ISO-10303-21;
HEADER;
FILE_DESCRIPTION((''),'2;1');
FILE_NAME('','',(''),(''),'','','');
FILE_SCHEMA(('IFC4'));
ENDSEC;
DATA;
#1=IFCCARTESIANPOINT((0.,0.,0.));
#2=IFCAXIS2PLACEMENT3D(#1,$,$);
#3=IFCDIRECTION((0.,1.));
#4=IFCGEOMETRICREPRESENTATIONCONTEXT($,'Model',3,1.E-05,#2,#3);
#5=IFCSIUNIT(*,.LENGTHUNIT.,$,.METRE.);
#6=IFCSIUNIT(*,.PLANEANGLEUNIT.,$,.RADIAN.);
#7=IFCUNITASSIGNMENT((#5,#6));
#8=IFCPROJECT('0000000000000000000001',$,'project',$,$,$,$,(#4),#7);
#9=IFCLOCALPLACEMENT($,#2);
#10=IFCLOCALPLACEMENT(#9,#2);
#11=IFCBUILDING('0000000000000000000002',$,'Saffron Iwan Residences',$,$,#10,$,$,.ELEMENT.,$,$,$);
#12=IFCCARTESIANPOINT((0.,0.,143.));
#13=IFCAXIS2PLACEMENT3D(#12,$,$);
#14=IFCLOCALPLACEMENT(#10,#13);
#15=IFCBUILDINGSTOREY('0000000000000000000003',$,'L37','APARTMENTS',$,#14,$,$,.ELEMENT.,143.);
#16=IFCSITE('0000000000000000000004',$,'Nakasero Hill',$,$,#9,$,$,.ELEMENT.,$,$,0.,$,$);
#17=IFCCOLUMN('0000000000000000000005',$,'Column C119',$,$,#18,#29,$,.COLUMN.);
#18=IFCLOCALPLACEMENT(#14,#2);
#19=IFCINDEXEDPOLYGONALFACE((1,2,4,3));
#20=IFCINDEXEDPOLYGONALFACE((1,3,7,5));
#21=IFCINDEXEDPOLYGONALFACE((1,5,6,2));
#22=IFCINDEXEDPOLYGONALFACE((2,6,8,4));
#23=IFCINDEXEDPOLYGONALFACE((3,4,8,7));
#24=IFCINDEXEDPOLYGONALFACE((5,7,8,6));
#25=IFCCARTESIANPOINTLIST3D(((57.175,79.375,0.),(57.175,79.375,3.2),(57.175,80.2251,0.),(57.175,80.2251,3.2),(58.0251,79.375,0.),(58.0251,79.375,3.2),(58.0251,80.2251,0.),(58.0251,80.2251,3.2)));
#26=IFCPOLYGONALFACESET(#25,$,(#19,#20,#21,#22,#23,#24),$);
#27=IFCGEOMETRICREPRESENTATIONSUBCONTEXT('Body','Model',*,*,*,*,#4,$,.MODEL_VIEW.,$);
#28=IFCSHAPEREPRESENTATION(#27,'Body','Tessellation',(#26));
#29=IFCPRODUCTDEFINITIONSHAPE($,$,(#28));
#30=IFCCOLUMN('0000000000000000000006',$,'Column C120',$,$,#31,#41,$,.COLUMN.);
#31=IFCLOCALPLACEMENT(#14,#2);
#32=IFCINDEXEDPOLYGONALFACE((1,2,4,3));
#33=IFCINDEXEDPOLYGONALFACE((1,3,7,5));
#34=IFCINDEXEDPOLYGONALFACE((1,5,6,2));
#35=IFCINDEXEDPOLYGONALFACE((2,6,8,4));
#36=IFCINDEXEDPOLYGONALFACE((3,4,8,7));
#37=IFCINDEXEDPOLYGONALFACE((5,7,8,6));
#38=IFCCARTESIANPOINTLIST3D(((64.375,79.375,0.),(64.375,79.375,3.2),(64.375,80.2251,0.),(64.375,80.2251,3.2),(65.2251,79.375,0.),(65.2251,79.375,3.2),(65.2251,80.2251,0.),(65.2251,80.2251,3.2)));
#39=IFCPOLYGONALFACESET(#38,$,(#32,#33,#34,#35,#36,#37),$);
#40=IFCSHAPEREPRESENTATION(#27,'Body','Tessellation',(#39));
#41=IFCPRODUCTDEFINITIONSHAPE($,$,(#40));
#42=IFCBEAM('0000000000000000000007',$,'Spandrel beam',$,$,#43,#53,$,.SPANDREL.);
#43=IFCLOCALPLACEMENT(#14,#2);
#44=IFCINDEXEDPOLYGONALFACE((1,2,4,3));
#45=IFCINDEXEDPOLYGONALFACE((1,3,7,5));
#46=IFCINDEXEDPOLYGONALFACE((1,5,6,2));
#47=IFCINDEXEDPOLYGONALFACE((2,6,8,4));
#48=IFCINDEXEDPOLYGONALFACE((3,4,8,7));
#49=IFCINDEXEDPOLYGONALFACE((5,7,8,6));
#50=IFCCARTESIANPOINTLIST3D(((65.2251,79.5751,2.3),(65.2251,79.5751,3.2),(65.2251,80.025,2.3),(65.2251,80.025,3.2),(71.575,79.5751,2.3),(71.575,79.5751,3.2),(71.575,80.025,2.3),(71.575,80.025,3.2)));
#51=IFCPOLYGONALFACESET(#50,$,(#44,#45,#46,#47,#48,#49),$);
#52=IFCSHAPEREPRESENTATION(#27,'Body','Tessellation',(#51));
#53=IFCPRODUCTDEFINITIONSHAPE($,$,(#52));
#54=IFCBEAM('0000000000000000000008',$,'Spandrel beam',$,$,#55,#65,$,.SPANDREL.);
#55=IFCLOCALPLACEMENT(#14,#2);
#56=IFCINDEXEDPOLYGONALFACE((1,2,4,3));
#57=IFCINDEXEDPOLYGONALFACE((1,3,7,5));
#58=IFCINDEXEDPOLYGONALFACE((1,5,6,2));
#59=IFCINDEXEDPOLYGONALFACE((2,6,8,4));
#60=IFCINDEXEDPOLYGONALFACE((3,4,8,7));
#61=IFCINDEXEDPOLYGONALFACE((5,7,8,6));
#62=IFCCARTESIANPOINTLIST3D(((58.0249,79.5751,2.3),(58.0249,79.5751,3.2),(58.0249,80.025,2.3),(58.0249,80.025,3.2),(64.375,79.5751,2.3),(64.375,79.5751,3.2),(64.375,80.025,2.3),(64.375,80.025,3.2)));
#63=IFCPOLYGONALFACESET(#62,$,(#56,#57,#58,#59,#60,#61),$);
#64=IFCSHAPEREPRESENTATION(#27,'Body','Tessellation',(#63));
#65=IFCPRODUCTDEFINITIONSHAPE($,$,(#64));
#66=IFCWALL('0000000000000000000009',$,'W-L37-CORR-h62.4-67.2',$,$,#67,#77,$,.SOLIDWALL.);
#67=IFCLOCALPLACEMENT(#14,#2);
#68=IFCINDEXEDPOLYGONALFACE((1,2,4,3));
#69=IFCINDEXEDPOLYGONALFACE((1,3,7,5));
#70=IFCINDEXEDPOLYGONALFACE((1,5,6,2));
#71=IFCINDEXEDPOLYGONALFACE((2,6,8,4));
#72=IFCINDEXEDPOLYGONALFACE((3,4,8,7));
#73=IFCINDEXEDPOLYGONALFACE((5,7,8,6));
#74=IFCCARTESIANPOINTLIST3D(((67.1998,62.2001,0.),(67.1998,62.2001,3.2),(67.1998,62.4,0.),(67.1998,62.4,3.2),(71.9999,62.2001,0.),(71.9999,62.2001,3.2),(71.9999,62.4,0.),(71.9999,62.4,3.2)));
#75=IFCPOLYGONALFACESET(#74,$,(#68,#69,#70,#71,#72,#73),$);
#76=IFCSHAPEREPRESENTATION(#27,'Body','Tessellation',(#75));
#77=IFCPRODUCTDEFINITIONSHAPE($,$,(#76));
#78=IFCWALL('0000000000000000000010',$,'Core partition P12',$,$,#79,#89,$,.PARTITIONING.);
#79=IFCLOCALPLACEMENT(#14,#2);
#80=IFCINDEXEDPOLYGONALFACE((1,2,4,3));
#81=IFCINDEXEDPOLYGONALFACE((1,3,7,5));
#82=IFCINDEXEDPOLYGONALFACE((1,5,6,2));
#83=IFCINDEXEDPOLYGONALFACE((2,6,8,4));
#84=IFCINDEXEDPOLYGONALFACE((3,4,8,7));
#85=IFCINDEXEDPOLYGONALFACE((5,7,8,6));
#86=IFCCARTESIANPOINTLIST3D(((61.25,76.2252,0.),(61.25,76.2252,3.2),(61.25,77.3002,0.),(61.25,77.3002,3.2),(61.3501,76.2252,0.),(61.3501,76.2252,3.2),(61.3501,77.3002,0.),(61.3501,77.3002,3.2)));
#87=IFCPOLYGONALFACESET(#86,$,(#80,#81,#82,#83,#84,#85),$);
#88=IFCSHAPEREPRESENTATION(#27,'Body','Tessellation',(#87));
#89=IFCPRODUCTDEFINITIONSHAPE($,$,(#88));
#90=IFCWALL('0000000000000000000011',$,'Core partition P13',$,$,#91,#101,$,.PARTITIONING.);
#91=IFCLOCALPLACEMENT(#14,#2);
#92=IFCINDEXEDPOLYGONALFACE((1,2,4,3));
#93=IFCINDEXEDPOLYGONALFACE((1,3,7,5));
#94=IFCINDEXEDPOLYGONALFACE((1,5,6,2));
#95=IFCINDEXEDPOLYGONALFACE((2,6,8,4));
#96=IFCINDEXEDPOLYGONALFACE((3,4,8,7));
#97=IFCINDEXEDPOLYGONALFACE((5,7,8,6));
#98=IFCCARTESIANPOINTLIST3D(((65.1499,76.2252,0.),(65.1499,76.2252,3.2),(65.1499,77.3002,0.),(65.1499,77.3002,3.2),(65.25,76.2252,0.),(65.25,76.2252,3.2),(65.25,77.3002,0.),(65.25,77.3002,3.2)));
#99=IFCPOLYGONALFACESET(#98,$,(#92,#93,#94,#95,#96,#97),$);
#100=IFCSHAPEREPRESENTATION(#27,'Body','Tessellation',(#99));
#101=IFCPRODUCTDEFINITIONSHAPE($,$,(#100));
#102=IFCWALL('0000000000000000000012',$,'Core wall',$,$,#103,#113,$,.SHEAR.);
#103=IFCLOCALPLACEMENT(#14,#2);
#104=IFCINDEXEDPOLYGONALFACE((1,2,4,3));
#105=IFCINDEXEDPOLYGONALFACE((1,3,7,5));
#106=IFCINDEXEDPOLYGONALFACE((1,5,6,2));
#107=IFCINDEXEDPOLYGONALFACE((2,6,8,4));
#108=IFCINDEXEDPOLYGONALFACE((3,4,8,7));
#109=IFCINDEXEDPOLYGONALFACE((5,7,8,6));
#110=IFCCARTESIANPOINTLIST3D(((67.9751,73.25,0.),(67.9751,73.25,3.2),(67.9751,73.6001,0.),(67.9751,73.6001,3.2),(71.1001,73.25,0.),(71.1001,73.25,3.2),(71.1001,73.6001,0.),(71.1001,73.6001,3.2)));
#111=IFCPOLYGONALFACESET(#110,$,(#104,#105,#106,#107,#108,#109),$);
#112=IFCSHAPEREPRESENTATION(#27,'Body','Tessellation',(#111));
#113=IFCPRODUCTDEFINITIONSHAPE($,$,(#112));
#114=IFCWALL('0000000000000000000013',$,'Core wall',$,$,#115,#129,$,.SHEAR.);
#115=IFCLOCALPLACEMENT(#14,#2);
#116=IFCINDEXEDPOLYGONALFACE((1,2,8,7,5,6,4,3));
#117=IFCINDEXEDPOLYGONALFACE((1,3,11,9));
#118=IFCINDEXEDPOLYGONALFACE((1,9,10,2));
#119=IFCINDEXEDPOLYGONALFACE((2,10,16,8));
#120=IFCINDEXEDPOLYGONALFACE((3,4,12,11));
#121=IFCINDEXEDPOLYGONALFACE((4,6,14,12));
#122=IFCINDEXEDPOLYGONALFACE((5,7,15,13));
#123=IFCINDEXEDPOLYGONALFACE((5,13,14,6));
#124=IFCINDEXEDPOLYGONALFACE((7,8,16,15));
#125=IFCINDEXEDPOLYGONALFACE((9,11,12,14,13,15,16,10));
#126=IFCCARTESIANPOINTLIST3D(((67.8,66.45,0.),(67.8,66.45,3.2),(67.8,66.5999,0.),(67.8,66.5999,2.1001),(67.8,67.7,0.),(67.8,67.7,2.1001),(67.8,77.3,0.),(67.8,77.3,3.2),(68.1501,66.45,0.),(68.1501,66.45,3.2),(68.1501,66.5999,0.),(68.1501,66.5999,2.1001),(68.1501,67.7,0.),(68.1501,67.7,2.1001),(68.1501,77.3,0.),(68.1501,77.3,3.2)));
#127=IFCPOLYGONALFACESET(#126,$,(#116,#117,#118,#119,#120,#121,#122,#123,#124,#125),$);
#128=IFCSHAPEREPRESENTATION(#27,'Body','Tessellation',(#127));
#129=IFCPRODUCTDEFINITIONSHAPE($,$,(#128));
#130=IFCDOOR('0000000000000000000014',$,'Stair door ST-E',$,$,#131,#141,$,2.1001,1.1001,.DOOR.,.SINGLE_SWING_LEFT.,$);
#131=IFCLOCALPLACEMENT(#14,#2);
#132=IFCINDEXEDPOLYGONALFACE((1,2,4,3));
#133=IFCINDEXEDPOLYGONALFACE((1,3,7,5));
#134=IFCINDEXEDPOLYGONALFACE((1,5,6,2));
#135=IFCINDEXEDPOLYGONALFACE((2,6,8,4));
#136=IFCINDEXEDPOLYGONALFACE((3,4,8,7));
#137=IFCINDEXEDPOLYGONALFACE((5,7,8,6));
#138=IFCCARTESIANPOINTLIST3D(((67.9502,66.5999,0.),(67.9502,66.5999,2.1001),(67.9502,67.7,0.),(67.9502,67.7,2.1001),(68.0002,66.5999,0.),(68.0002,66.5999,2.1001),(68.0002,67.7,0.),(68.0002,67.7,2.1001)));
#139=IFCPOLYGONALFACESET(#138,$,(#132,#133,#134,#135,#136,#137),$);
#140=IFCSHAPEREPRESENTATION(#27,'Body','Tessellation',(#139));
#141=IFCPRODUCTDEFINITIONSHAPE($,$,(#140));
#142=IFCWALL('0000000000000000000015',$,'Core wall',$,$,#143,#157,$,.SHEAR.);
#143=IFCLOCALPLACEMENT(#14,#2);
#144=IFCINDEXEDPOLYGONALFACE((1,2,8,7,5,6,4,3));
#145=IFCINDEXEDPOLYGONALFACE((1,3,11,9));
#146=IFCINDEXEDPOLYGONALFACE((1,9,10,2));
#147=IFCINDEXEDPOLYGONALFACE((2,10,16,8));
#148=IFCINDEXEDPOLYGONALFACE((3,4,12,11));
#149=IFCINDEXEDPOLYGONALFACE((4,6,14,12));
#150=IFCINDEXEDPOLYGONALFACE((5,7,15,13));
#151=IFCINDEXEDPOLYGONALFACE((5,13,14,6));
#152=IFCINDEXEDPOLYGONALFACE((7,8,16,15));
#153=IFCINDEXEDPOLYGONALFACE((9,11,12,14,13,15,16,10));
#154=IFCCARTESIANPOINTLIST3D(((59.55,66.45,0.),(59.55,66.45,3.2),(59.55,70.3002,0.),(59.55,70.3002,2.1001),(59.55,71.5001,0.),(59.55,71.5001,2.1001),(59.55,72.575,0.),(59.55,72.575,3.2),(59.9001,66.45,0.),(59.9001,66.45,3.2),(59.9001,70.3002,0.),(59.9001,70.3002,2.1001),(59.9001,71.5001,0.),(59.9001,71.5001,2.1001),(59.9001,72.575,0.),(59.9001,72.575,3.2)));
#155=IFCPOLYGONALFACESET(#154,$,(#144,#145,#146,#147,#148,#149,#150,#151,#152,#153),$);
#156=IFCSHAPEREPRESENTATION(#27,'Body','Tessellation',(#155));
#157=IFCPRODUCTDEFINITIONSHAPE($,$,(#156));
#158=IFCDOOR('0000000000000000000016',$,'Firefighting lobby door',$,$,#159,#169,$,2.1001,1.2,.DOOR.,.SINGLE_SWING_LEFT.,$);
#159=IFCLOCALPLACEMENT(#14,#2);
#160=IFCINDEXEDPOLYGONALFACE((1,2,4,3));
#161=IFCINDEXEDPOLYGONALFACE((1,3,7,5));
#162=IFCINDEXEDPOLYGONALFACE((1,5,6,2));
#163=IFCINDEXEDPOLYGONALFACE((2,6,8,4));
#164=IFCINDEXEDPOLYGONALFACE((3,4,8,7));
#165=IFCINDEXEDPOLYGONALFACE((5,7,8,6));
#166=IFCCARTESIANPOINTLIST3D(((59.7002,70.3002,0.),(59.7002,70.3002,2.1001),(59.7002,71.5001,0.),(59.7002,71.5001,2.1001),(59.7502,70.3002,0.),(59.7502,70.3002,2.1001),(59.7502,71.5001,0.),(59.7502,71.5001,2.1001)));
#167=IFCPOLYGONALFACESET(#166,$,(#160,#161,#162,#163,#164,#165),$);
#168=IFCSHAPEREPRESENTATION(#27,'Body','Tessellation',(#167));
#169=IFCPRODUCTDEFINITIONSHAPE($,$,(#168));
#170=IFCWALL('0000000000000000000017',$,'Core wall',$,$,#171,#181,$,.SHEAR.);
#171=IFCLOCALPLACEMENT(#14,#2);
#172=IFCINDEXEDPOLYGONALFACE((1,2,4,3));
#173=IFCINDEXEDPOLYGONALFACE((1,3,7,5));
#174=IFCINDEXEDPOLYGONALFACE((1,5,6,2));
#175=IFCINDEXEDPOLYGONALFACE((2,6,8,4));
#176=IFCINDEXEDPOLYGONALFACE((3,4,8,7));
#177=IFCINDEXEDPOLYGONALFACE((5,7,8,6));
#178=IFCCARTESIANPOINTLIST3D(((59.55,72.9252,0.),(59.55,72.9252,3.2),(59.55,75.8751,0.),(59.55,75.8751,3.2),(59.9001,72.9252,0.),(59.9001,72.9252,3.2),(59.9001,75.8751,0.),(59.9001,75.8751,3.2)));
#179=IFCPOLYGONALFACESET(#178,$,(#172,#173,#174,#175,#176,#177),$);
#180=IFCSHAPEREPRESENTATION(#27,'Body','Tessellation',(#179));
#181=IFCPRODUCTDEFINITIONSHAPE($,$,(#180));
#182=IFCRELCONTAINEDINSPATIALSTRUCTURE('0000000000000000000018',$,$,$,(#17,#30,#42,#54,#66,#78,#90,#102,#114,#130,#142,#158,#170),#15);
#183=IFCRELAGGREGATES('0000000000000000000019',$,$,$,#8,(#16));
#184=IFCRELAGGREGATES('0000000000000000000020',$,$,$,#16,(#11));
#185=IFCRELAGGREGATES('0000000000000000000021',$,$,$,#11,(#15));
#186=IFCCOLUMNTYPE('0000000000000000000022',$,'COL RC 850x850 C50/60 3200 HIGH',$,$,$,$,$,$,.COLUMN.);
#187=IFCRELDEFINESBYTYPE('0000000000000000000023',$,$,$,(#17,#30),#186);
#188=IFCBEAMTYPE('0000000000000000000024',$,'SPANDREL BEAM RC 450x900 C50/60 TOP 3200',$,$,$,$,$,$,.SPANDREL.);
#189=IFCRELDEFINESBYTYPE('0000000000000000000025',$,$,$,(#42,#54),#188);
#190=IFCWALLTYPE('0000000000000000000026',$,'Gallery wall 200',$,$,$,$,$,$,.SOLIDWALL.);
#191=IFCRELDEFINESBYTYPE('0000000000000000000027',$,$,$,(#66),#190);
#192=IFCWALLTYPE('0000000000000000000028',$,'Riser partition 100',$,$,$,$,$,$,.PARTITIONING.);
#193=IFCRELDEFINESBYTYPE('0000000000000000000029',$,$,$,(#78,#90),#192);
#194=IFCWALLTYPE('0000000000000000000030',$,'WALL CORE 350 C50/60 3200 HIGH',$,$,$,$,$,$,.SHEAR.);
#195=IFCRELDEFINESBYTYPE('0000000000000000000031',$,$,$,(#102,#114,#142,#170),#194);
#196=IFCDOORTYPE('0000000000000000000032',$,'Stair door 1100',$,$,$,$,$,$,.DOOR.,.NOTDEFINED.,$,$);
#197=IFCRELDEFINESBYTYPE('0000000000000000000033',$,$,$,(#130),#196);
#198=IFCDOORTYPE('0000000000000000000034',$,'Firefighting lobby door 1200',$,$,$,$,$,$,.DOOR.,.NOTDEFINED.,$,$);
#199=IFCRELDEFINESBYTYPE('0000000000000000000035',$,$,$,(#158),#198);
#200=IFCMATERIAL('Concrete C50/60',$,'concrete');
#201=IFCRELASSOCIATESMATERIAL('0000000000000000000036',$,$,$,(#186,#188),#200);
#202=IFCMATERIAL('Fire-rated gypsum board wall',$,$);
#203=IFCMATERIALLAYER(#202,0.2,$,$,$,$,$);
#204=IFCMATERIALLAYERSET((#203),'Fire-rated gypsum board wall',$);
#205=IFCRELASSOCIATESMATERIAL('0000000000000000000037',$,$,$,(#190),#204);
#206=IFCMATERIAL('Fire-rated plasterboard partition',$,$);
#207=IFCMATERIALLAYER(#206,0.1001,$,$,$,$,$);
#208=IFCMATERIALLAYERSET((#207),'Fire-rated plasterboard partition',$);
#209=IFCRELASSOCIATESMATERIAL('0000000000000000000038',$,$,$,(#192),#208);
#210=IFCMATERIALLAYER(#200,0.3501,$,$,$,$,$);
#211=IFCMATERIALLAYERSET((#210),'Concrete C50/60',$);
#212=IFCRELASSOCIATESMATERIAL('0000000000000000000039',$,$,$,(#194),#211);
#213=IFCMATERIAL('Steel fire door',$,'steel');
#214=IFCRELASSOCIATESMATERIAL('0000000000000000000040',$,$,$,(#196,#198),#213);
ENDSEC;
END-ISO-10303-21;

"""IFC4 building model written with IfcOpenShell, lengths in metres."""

from ifc_helpers import new_model, si_unit, direction, frame, frame_2d, origin, origin_2d, place, context, subcontext, project, spatial, rectangle, extrude, source, transform, mapped, material, layer, layer_set, material_profile, profile_set, type_object, element, fill, save


model = new_model("IFC4")

# Units and contexts
model_context = context("Model", 3, precision=1e-05, world=origin(), true_north=direction((0.0, 1.0)))
body_context = subcontext(model_context, "Body", "Model", "MODEL_VIEW")
ifc_project = project(units=[si_unit("LENGTHUNIT", "METRE"), si_unit("PLANEANGLEUNIT", "RADIAN")], contexts=[model_context])

# Site, building, storey
site_placement = place(None, origin())
site = spatial("IfcSite", under=ifc_project, at=site_placement, Name="Nakasero Hill", CompositionType="ELEMENT", RefElevation=0.0)
building_placement = place(site_placement, origin())
building = spatial("IfcBuilding", under=site, at=building_placement, Name="Saffron Iwan Residences", CompositionType="ELEMENT")
storey_placement = place(building_placement, frame((0.0, 0.0, 143.0)))
storey = spatial("IfcBuildingStorey", under=building, at=storey_placement, Name="L37", Description="APARTMENTS", CompositionType="ELEMENT", Elevation=143.0)

# Columns
ifc_material_1 = material(Name="Concrete C50/60", Category="concrete")
ifc_material_profile_1 = material_profile(ifc_material_1, rectangle(XDim=0.8501, YDim=0.8501, at=origin_2d()), Name="RC 850x850")
ifc_profile_set_1 = profile_set([ifc_material_profile_1], Name="Concrete C50/60")
column_type = type_object("IfcColumnType", Name="COL RC 850x850 C50/60 3200 HIGH", PredefinedType="COLUMN", material=ifc_profile_set_1)
shared_shape_1 = source(origin(), body_context, "Body", "SweptSolid", [
    extrude(rectangle(XDim=0.8501, YDim=0.8501, at=origin_2d()), origin(), (0.0, 0.0, 1.0), 3.2),
])
for number, where, z_axis, x_axis, name in (
    (1, (57.6001, 79.8, 0.0), (0.0, 0.0, 1.0), (1.0, 0.0, 0.0), "Column C119"),
    (2, (64.8, 79.8, 0.0), (0.0, 0.0, 1.0), (1.0, 0.0, 0.0), "Column C120"),
):
    element("IfcColumn", number, at=place(storey_placement, frame(where, z_axis=z_axis, x_axis=x_axis)), inside=storey, type_object=column_type, Name=name, PredefinedType="COLUMN", context=body_context, shape_type="MappedRepresentation", body=[
        mapped(shared_shape_1, transform((0.0, 0.0, 0.0))),
    ])

# Beams
ifc_material_profile_2 = material_profile(ifc_material_1, rectangle(XDim=0.45, YDim=0.8999, at=origin_2d()), Name="RC 450x900")
ifc_profile_set_2 = profile_set([ifc_material_profile_2], Name="Concrete C50/60")
beam_type = type_object("IfcBeamType", Name="SPANDREL BEAM RC 450x900 C50/60 TOP 3200", PredefinedType="SPANDREL", material=ifc_profile_set_2)
shared_shape_2 = source(origin(), body_context, "Body", "SweptSolid", [
    extrude(rectangle(XDim=0.45, YDim=0.8999, at=origin_2d()), origin(), (0.0, 0.0, 1.0), 6.3499),
])
beam_1_placement = place(storey_placement, frame((65.2251, 79.8, 2.75), z_axis=(1.0, 0.0, 0.0), x_axis=(0.0, 1.0, 0.0)))
element("IfcBeam", 3, at=beam_1_placement, inside=storey, type_object=beam_type, Name="Spandrel beam", PredefinedType="SPANDREL", context=body_context, shape_type="MappedRepresentation", body=[
    mapped(shared_shape_2, transform((0.0, 0.0, 0.0))),
])
shared_shape_3 = source(origin(), body_context, "Body", "SweptSolid", [
    extrude(rectangle(XDim=0.45, YDim=0.8999, at=origin_2d()), origin(), (0.0, 0.0, 1.0), 6.3501),
])
beam_2_placement = place(storey_placement, frame((58.0249, 79.8, 2.75), z_axis=(1.0, 0.0, 0.0), x_axis=(0.0, 1.0, 0.0)))
element("IfcBeam", 4, at=beam_2_placement, inside=storey, type_object=beam_type, Name="Spandrel beam", PredefinedType="SPANDREL", context=body_context, shape_type="MappedRepresentation", body=[
    mapped(shared_shape_3, transform((0.0, 0.0, 0.0))),
])

# Walls
ifc_material_2 = material(Name="Fire-rated gypsum board wall")
ifc_layer_1 = layer(ifc_material_2, 0.2)
ifc_layer_set_1 = layer_set([ifc_layer_1], Name="Fire-rated gypsum board wall")
wall_type_1 = type_object("IfcWallType", Name="Gallery wall 200", PredefinedType="SOLIDWALL", material=ifc_layer_set_1)
wall_1_placement = place(storey_placement, frame((67.2, 62.3, 0.0), z_axis=(0.0, 0.0, 1.0), x_axis=(1.0, 0.0, 0.0)))
element("IfcWall", 5, at=wall_1_placement, inside=storey, type_object=wall_type_1, Name="W-L37-CORR-h62.4-67.2", PredefinedType="SOLIDWALL", context=body_context, shape_type="SweptSolid", body=[
    extrude(rectangle(XDim=4.8, YDim=0.2, at=frame_2d((2.3999, 0.0))), origin(), (0.0, 0.0, 1.0), 3.2),
])
ifc_material_3 = material(Name="Fire-rated plasterboard partition")
ifc_layer_2 = layer(ifc_material_3, 0.1001)
ifc_layer_set_2 = layer_set([ifc_layer_2], Name="Fire-rated plasterboard partition")
wall_type_2 = type_object("IfcWallType", Name="Riser partition 100", PredefinedType="PARTITIONING", material=ifc_layer_set_2)
for number, where, z_axis, x_axis, name in (
    (6, (61.3, 76.2251, 0.0), (0.0, 0.0, 1.0), (0.0, 1.0, 0.0), "Core partition P12"),
    (7, (65.2, 76.2251, 0.0), (0.0, 0.0, 1.0), (0.0, 1.0, 0.0), "Core partition P13"),
):
    element("IfcWall", number, at=place(storey_placement, frame(where, z_axis=z_axis, x_axis=x_axis)), inside=storey, type_object=wall_type_2, Name=name, PredefinedType="PARTITIONING", context=body_context, shape_type="SweptSolid", body=[
        extrude(rectangle(XDim=1.075, YDim=0.1001, at=frame_2d((0.5376, 0.0))), origin(), (0.0, 0.0, 1.0), 3.2),
    ])
ifc_layer_3 = layer(ifc_material_1, 0.3501)
ifc_layer_set_3 = layer_set([ifc_layer_3], Name="Concrete C50/60")
wall_type_3 = type_object("IfcWallType", Name="WALL CORE 350 C50/60 3200 HIGH", PredefinedType="SHEAR", material=ifc_layer_set_3)
wall_2_placement = place(storey_placement, frame((67.9751, 73.425, 0.0), z_axis=(0.0, 0.0, 1.0), x_axis=(1.0, 0.0, 0.0)))
element("IfcWall", 8, at=wall_2_placement, inside=storey, type_object=wall_type_3, Name="Core wall", PredefinedType="SHEAR", context=body_context, shape_type="SweptSolid", body=[
    extrude(rectangle(XDim=3.125, YDim=0.3501, at=frame_2d((1.5625, 0.0))), origin(), (0.0, 0.0, 1.0), 3.2),
])

# Walls, openings, doors
wall_3_placement = place(storey_placement, frame((67.9751, 66.45, 0.0), z_axis=(0.0, 0.0, 1.0), x_axis=(0.0, 1.0, 0.0)))
wall_3 = element("IfcWall", 9, at=wall_3_placement, inside=storey, type_object=wall_type_3, Name="Core wall", PredefinedType="SHEAR", context=body_context, shape_type="SweptSolid", body=[
    extrude(rectangle(XDim=10.8501, YDim=0.3501, at=frame_2d((5.425, 0.0))), origin(), (0.0, 0.0, 1.0), 3.2),
])
opening_1_placement = place(wall_3_placement, frame((0.1499, 0.0, 0.0)))
opening_1 = element("IfcOpeningElement", 10, at=opening_1_placement, cuts=wall_3, PredefinedType="OPENING", context=body_context, shape_type="SweptSolid", body=[
    extrude(rectangle(XDim=1.1001, YDim=2.1001, at=frame_2d((0.55, 1.05))), frame((0.0, 0.1851, 0.0), z_axis=(0.0, -1.0, 0.0), x_axis=(1.0, 0.0, 0.0)), (0.0, 0.0, 1.0), 0.3701),
])
ifc_material_4 = material(Name="Steel fire door", Category="steel")
door_type_1 = type_object("IfcDoorType", Name="Stair door 1100", OperationType="NOTDEFINED", PredefinedType="DOOR", material=ifc_material_4)
door_1_placement = place(opening_1_placement, origin())
door_1 = element("IfcDoor", 11, at=door_1_placement, inside=storey, type_object=door_type_1, Name="Stair door ST-E", OperationType="SINGLE_SWING_LEFT", OverallHeight=2.1001, OverallWidth=1.1001, PredefinedType="DOOR", context=body_context, shape_type="SweptSolid", body=[
    extrude(rectangle(XDim=1.1001, YDim=2.1001, at=frame_2d((0.55, 1.05))), frame((0.0, 0.0249, 0.0), z_axis=(0.0, -1.0, 0.0), x_axis=(1.0, 0.0, 0.0)), (0.0, 0.0, 1.0), 0.05),
])
fill(opening_1, door_1)
wall_4_placement = place(storey_placement, frame((59.7251, 66.45, 0.0), z_axis=(0.0, 0.0, 1.0), x_axis=(0.0, 1.0, 0.0)))
wall_4 = element("IfcWall", 12, at=wall_4_placement, inside=storey, type_object=wall_type_3, Name="Core wall", PredefinedType="SHEAR", context=body_context, shape_type="SweptSolid", body=[
    extrude(rectangle(XDim=6.125, YDim=0.3501, at=frame_2d((3.0625, 0.0))), origin(), (0.0, 0.0, 1.0), 3.2),
])
opening_2_placement = place(wall_4_placement, frame((3.8501, 0.0, 0.0)))
opening_2 = element("IfcOpeningElement", 13, at=opening_2_placement, cuts=wall_4, PredefinedType="OPENING", context=body_context, shape_type="SweptSolid", body=[
    extrude(rectangle(XDim=1.2, YDim=2.1001, at=frame_2d((0.6001, 1.05))), frame((0.0, 0.1851, 0.0), z_axis=(0.0, -1.0, 0.0), x_axis=(1.0, 0.0, 0.0)), (0.0, 0.0, 1.0), 0.3701),
])
door_type_2 = type_object("IfcDoorType", Name="Firefighting lobby door 1200", OperationType="NOTDEFINED", PredefinedType="DOOR", material=ifc_material_4)
door_2_placement = place(opening_2_placement, origin())
door_2 = element("IfcDoor", 14, at=door_2_placement, inside=storey, type_object=door_type_2, Name="Firefighting lobby door", OperationType="SINGLE_SWING_LEFT", OverallHeight=2.1001, OverallWidth=1.2, PredefinedType="DOOR", context=body_context, shape_type="SweptSolid", body=[
    extrude(rectangle(XDim=1.2, YDim=2.1001, at=frame_2d((0.6001, 1.05))), frame((0.0, 0.0249, 0.0), z_axis=(0.0, -1.0, 0.0), x_axis=(1.0, 0.0, 0.0)), (0.0, 0.0, 1.0), 0.05),
])
fill(opening_2, door_2)

# Wall
wall_5_placement = place(storey_placement, frame((59.7251, 72.925, 0.0), z_axis=(0.0, 0.0, 1.0), x_axis=(0.0, 1.0, 0.0)))
element("IfcWall", 15, at=wall_5_placement, inside=storey, type_object=wall_type_3, Name="Core wall", PredefinedType="SHEAR", context=body_context, shape_type="SweptSolid", body=[
    extrude(rectangle(XDim=2.95, YDim=0.3501, at=frame_2d((1.4751, 0.0))), origin(), (0.0, 0.0, 1.0), 3.2),
])

save(model, "model.ifc")
